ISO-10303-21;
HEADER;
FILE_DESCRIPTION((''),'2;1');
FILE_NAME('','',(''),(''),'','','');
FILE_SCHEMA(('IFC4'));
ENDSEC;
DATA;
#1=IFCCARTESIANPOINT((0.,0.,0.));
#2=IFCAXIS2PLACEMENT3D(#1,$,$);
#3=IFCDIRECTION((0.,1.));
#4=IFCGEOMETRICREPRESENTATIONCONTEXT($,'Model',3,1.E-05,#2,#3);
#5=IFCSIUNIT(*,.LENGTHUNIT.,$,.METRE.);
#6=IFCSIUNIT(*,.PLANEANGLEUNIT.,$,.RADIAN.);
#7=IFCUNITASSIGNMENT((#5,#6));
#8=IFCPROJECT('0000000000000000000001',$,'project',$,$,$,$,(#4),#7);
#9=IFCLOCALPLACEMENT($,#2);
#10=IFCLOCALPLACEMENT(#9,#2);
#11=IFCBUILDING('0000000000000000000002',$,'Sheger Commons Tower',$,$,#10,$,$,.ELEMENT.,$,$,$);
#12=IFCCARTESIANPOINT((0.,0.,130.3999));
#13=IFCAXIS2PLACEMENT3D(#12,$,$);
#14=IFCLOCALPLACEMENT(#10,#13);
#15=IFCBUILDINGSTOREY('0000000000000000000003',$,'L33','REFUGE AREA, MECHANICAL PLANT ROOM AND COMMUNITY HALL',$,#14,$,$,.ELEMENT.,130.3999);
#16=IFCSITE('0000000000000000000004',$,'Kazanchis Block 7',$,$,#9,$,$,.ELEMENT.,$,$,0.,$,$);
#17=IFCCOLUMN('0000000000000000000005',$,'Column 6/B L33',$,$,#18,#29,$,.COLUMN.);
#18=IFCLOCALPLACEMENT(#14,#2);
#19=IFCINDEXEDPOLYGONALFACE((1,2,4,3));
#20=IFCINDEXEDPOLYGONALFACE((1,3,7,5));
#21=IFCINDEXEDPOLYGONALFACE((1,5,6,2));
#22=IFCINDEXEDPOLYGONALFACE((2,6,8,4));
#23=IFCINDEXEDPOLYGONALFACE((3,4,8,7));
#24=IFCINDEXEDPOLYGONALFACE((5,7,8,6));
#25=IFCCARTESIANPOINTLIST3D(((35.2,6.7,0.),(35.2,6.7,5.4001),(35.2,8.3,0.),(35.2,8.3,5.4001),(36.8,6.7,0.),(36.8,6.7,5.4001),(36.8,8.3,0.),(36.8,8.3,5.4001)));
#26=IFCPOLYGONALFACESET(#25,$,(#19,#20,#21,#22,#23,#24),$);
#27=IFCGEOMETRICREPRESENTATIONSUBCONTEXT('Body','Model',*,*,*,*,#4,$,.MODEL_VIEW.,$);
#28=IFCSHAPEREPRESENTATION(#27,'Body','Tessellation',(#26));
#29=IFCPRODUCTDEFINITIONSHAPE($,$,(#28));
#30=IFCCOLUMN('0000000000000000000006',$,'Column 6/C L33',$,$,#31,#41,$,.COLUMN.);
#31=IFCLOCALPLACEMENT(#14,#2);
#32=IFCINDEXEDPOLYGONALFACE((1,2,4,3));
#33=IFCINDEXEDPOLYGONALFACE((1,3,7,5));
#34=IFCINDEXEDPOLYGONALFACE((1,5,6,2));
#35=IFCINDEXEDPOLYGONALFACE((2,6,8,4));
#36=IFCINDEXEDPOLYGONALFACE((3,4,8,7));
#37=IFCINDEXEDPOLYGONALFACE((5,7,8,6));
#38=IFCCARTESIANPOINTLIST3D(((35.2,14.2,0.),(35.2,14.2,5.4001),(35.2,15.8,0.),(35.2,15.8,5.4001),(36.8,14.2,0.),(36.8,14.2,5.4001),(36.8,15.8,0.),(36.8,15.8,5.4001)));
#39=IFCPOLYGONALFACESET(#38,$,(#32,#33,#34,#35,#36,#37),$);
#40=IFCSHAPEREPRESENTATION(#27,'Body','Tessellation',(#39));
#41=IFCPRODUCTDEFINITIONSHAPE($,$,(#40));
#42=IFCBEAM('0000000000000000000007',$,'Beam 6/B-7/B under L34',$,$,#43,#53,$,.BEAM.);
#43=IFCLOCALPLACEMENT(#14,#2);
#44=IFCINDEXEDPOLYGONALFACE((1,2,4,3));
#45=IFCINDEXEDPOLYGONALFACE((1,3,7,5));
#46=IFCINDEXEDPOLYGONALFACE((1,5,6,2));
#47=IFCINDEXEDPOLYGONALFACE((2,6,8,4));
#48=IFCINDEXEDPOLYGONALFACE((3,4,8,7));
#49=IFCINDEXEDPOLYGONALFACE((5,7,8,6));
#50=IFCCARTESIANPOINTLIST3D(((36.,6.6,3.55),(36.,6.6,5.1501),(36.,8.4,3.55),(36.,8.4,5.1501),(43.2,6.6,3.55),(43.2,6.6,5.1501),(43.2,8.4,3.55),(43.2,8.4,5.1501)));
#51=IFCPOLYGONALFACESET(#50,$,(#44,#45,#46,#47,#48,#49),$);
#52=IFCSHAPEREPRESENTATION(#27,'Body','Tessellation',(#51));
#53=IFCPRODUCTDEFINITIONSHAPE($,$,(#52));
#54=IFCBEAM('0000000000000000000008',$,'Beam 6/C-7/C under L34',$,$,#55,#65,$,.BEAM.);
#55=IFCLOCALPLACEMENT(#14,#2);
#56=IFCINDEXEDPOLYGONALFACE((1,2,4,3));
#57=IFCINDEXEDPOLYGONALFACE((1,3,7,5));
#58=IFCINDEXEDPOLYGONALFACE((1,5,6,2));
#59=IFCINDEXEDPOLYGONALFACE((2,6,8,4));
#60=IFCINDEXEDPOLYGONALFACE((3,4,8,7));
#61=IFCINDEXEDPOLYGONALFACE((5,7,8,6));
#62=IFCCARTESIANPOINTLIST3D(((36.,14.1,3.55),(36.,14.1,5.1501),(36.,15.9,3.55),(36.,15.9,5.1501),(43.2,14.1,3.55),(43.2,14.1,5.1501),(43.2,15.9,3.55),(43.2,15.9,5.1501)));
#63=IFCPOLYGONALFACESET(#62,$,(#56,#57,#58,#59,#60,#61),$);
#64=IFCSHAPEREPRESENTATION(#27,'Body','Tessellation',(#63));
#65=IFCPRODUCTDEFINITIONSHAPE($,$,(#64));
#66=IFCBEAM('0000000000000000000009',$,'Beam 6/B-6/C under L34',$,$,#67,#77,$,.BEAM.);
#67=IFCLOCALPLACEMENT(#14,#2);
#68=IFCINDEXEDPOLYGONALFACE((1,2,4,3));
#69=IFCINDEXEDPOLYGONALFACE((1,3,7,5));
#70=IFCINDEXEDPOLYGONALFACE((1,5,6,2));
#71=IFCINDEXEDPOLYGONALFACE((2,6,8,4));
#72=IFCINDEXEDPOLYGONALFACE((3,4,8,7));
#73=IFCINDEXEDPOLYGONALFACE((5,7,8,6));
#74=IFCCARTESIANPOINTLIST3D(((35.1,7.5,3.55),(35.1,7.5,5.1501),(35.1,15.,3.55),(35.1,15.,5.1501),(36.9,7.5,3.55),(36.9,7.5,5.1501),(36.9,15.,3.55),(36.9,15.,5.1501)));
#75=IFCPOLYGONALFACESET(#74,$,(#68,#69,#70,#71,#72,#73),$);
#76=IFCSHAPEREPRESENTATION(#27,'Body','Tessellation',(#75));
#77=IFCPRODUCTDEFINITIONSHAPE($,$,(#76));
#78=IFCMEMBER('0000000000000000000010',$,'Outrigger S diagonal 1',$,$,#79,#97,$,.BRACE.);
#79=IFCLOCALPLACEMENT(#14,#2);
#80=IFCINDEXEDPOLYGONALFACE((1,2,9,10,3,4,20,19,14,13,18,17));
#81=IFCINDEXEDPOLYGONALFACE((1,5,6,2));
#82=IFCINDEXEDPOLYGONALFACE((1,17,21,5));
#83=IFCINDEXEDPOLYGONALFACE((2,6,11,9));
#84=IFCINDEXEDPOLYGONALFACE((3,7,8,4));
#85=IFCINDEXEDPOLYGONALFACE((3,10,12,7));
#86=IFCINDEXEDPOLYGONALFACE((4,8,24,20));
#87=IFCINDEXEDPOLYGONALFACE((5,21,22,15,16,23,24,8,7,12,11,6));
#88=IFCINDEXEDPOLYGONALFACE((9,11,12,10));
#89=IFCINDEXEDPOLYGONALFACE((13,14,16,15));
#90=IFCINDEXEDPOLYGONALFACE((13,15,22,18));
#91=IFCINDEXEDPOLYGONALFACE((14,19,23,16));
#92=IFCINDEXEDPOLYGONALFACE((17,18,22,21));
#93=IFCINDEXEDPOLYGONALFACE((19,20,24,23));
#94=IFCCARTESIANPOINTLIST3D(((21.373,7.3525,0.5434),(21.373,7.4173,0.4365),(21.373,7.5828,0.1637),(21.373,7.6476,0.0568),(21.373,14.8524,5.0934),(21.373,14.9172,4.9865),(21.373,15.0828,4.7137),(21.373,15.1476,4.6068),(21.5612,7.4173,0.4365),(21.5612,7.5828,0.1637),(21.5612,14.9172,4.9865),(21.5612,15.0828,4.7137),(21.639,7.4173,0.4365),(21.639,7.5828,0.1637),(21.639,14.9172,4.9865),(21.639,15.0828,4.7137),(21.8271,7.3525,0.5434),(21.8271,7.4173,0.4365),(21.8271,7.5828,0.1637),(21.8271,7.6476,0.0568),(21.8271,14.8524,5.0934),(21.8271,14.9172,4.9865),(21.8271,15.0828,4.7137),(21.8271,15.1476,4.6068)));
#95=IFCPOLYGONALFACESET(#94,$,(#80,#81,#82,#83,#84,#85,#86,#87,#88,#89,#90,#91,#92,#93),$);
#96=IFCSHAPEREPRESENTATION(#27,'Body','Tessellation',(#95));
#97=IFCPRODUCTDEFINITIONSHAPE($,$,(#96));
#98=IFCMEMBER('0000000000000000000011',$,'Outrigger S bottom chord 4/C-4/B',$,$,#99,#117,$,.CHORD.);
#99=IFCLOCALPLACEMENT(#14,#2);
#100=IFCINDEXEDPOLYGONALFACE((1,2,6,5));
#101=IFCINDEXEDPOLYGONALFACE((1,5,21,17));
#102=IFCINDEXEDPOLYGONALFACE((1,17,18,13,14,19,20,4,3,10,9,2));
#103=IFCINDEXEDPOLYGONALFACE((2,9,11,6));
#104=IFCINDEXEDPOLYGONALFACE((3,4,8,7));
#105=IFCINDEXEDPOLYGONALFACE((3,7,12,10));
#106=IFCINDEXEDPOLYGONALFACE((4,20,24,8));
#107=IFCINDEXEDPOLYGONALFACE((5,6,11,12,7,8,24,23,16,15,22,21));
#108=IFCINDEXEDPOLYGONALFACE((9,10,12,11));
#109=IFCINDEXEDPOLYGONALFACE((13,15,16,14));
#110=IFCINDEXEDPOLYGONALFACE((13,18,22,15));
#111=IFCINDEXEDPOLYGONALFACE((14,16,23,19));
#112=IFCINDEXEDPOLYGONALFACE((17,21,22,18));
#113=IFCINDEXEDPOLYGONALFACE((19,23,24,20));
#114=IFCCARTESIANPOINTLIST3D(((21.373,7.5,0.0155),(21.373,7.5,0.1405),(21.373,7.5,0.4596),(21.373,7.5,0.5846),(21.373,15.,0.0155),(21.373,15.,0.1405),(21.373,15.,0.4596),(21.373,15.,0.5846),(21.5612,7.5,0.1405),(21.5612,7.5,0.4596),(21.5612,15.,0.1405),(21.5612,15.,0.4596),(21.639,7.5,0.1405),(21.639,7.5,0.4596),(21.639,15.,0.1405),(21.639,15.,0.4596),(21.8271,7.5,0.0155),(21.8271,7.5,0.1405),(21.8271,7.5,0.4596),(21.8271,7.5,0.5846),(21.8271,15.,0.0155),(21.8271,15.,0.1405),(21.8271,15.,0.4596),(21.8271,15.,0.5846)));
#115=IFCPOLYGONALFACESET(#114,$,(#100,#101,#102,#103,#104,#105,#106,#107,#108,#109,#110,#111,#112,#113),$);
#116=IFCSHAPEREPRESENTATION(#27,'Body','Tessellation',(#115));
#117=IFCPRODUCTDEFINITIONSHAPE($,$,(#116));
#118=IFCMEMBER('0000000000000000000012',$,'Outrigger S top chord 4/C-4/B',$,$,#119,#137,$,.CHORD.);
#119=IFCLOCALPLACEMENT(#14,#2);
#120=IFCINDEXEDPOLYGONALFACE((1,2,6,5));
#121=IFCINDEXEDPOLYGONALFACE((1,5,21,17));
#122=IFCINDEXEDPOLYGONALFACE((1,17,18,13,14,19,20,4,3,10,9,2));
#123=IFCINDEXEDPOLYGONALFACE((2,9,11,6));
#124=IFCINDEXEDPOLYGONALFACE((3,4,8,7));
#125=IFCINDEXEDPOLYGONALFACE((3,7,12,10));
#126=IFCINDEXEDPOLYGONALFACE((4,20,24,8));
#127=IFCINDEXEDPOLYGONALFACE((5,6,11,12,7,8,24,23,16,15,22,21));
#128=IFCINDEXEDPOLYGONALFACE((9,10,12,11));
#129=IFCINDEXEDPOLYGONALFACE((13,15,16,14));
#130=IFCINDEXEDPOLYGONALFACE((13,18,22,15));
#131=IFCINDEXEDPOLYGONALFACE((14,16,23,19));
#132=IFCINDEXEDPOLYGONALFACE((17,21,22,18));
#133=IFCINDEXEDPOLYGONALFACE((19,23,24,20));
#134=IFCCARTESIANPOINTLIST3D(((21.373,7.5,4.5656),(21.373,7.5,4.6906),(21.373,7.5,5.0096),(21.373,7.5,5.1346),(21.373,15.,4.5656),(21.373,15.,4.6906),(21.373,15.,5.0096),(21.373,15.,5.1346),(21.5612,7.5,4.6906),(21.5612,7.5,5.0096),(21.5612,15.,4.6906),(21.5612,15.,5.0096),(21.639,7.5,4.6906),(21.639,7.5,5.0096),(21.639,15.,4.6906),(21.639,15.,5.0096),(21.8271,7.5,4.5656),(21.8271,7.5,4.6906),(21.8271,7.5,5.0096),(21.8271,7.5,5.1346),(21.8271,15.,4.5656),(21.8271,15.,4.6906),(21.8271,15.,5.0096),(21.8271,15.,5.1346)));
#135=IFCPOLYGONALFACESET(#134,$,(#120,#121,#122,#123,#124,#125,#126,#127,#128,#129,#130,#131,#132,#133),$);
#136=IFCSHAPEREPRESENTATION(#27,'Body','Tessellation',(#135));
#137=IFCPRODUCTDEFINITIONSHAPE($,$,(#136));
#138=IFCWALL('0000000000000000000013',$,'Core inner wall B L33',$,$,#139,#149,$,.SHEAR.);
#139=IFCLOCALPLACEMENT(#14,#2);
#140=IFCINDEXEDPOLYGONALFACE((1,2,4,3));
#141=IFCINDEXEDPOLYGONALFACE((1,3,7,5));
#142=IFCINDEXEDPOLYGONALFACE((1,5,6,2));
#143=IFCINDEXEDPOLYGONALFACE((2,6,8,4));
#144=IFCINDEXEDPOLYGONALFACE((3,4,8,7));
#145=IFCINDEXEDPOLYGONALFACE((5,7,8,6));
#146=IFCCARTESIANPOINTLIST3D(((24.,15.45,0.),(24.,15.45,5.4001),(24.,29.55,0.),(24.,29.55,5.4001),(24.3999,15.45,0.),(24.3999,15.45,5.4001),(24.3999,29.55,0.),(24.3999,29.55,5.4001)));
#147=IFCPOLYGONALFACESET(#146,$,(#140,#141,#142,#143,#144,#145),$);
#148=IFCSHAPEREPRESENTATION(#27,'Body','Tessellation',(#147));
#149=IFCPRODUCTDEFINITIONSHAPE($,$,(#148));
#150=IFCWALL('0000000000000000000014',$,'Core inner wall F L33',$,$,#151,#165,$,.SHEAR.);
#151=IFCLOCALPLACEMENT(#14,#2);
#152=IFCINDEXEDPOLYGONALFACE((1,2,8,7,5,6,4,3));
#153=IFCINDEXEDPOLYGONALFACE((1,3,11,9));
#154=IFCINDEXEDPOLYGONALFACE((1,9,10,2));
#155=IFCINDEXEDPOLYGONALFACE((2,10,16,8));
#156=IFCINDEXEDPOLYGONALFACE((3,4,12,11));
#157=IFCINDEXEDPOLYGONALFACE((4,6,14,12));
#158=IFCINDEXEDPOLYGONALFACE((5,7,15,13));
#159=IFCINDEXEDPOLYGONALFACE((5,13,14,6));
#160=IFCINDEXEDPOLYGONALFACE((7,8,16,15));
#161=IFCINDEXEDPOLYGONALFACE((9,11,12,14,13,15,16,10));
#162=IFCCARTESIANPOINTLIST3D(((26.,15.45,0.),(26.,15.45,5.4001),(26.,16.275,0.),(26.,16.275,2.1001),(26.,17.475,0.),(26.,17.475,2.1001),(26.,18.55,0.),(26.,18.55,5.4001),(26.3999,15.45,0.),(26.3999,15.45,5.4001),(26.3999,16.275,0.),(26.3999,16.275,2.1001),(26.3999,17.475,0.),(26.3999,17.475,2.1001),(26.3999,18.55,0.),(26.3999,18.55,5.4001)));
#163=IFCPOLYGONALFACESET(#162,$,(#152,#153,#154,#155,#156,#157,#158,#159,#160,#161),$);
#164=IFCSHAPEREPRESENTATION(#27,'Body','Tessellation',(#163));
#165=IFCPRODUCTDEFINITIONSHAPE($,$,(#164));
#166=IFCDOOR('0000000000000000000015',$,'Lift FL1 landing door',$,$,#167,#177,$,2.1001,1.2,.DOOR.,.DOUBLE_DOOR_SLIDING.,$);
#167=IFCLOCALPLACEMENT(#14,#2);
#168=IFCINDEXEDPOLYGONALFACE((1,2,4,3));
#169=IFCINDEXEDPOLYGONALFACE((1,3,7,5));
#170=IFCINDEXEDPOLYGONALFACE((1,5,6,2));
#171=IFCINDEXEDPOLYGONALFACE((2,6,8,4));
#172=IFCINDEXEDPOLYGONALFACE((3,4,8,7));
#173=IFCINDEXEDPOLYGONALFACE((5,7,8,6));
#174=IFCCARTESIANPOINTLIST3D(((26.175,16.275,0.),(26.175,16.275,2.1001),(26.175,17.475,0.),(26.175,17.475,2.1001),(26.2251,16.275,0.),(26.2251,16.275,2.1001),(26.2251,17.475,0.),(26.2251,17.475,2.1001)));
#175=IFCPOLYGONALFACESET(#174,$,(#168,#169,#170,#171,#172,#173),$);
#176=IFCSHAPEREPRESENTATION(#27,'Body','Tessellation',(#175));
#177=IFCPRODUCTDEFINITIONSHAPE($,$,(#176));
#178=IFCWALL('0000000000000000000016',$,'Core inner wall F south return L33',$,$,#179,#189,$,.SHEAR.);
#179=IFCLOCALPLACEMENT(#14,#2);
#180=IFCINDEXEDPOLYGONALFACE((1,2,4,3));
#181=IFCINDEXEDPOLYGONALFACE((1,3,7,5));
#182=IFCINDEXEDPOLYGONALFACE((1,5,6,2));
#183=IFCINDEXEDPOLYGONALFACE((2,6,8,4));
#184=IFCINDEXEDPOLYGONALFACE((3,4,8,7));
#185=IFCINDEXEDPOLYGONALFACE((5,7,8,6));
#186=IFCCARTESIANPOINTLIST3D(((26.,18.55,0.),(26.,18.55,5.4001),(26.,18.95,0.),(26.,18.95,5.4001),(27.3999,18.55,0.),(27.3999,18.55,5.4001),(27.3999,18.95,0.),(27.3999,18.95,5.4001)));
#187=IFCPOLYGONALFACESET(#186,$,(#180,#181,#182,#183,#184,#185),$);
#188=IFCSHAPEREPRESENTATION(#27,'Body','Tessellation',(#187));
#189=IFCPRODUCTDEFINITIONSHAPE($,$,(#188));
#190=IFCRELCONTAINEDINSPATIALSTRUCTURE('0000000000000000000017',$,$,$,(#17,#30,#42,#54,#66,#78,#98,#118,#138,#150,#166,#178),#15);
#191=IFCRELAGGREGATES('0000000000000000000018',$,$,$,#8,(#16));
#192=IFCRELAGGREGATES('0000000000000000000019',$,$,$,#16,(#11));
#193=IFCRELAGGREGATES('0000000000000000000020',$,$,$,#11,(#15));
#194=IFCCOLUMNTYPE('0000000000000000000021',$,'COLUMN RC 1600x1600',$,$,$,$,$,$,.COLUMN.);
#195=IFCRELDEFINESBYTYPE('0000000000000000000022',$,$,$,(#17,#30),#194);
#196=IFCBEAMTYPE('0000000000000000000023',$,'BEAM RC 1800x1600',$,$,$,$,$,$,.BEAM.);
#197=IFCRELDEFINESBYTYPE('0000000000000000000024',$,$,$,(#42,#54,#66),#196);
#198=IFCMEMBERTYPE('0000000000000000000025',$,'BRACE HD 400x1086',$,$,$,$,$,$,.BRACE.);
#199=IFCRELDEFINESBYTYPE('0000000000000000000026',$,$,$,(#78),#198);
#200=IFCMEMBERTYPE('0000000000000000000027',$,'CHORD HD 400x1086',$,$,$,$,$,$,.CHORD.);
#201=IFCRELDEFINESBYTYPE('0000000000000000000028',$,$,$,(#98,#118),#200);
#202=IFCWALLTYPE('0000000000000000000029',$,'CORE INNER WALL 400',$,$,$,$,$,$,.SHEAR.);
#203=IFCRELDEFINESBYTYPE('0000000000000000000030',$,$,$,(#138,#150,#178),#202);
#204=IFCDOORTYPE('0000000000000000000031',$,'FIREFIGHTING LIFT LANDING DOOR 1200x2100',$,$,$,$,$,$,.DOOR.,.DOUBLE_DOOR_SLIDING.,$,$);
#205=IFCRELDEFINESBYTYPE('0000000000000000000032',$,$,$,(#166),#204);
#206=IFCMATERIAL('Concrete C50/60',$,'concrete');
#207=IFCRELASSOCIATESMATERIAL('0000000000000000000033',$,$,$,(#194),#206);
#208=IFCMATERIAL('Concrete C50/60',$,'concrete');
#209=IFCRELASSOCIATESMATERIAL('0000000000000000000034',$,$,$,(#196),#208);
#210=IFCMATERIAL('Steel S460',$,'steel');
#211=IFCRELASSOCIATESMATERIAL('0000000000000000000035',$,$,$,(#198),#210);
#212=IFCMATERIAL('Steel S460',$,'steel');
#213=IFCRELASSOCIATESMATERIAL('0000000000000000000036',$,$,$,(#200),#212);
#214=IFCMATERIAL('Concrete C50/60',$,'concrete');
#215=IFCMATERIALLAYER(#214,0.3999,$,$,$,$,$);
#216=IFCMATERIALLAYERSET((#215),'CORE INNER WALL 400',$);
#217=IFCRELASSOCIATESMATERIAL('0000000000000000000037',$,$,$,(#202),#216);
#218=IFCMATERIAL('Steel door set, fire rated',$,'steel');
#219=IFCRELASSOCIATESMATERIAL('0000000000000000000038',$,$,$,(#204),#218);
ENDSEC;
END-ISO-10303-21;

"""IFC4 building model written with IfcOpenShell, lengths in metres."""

from ifc_helpers import new_model, si_unit, direction, frame, frame_2d, origin, origin_2d, place, context, subcontext, project, spatial, rectangle, i_section, extrude, material, layer, layer_set, material_profile, profile_set, type_object, element, fill, save


model = new_model("IFC4")

# Units and contexts
model_context = context("Model", 3, precision=1e-05, world=origin(), true_north=direction((0.0, 1.0)))
body_context = subcontext(model_context, "Body", "Model", "MODEL_VIEW")
ifc_project = project(units=[si_unit("LENGTHUNIT", "METRE"), si_unit("PLANEANGLEUNIT", "RADIAN")], contexts=[model_context])

# Site, building, storey
site_placement = place(None, origin())
site = spatial("IfcSite", under=ifc_project, at=site_placement, Name="Kazanchis Block 7", CompositionType="ELEMENT", RefElevation=0.0)
building_placement = place(site_placement, origin())
building = spatial("IfcBuilding", under=site, at=building_placement, Name="Sheger Commons Tower", CompositionType="ELEMENT")
storey_placement = place(building_placement, frame((0.0, 0.0, 130.3999)))
storey = spatial("IfcBuildingStorey", under=building, at=storey_placement, Name="L33", Description="REFUGE AREA, MECHANICAL PLANT ROOM AND COMMUNITY HALL", CompositionType="ELEMENT", Elevation=130.3999)

# Columns
ifc_material_1 = material(Name="Concrete C50/60", Category="concrete")
ifc_material_profile_1 = material_profile(ifc_material_1, rectangle(XDim=1.6001, YDim=1.6001, at=origin_2d()), Name="RC 1600x1600")
ifc_profile_set_1 = profile_set([ifc_material_profile_1], Name="Concrete C50/60")
column_type = type_object("IfcColumnType", Name="COLUMN RC 1600x1600", PredefinedType="COLUMN", material=ifc_profile_set_1)
for number, where, z_axis, x_axis, name in (
    (1, (36.0, 7.5, 0.0), (0.0, 0.0, 1.0), (1.0, 0.0, 0.0), "Column 6/B L33"),
    (2, (36.0, 15.0, 0.0), (0.0, 0.0, 1.0), (1.0, 0.0, 0.0), "Column 6/C L33"),
):
    element("IfcColumn", number, at=place(storey_placement, frame(where, z_axis=z_axis, x_axis=x_axis)), inside=storey, type_object=column_type, Name=name, PredefinedType="COLUMN", context=body_context, shape_type="SweptSolid", body=[
        extrude(rectangle(XDim=1.6001, YDim=1.6001, at=origin_2d()), origin(), (0.0, 0.0, 1.0), 5.4001),
    ])

# Beams
ifc_material_2 = material(Name="Concrete C50/60", Category="concrete")
ifc_material_profile_2 = material_profile(ifc_material_2, rectangle(XDim=1.8, YDim=1.6001, at=origin_2d()), Name="RC 1800x1600")
ifc_profile_set_2 = profile_set([ifc_material_profile_2], Name="Concrete C50/60")
beam_type = type_object("IfcBeamType", Name="BEAM RC 1800x1600", PredefinedType="BEAM", material=ifc_profile_set_2)
for number, where, z_axis, x_axis, name in (
    (3, (36.0, 7.5, 4.3501), (1.0, 0.0, 0.0), (0.0, 1.0, 0.0), "Beam 6/B-7/B under L34"),
    (4, (36.0, 15.0, 4.3501), (1.0, 0.0, 0.0), (0.0, 1.0, 0.0), "Beam 6/C-7/C under L34"),
):
    element("IfcBeam", number, at=place(storey_placement, frame(where, z_axis=z_axis, x_axis=x_axis)), inside=storey, type_object=beam_type, Name=name, PredefinedType="BEAM", context=body_context, shape_type="SweptSolid", body=[
        extrude(rectangle(XDim=1.8, YDim=1.6001, at=origin_2d()), origin(), (0.0, 0.0, 1.0), 7.2),
    ])
beam_placement = place(storey_placement, frame((36.0, 7.5, 4.3501), z_axis=(0.0, 1.0, 0.0), x_axis=(-1.0, 0.0, 0.0)))
element("IfcBeam", 5, at=beam_placement, inside=storey, type_object=beam_type, Name="Beam 6/B-6/C under L34", PredefinedType="BEAM", context=body_context, shape_type="SweptSolid", body=[
    extrude(rectangle(XDim=1.8, YDim=1.6001, at=origin_2d()), origin(), (0.0, 0.0, 1.0), 7.5),
])

# Members
ifc_material_3 = material(Name="Steel S460", Category="steel")
ifc_material_profile_3 = material_profile(ifc_material_3, i_section(OverallWidth=0.4541, OverallDepth=0.5691, WebThickness=0.0779, FlangeThickness=0.125, at=origin_2d()), Name="HD 400x1086")
ifc_profile_set_3 = profile_set([ifc_material_profile_3], Name="Steel S460")
member_type_1 = type_object("IfcMemberType", Name="BRACE HD 400x1086", PredefinedType="BRACE", material=ifc_profile_set_3)
member_placement = place(storey_placement, frame((21.6001, 15.0, 4.8501), z_axis=(0.0, -0.854966, -0.518685), x_axis=(1.0, 0.0, 0.0)))
element("IfcMember", 6, at=member_placement, inside=storey, type_object=member_type_1, Name="Outrigger S diagonal 1", PredefinedType="BRACE", context=body_context, shape_type="SweptSolid", body=[
    extrude(i_section(OverallWidth=0.4541, OverallDepth=0.5691, WebThickness=0.0779, FlangeThickness=0.125, at=origin_2d()), origin(), (0.0, 0.0, 1.0), 8.7722),
])
ifc_material_4 = material(Name="Steel S460", Category="steel")
ifc_material_profile_4 = material_profile(ifc_material_4, i_section(OverallWidth=0.4541, OverallDepth=0.5691, WebThickness=0.0779, FlangeThickness=0.125, at=origin_2d()), Name="HD 400x1086")
ifc_profile_set_4 = profile_set([ifc_material_profile_4], Name="Steel S460")
member_type_2 = type_object("IfcMemberType", Name="CHORD HD 400x1086", PredefinedType="CHORD", material=ifc_profile_set_4)
for number, where, z_axis, x_axis, name in (
    (7, (21.6001, 15.0, 0.3), (0.0, -1.0, 0.0), (1.0, 0.0, 0.0), "Outrigger S bottom chord 4/C-4/B"),
    (8, (21.6001, 15.0, 4.8501), (0.0, -1.0, 0.0), (1.0, 0.0, 0.0), "Outrigger S top chord 4/C-4/B"),
):
    element("IfcMember", number, at=place(storey_placement, frame(where, z_axis=z_axis, x_axis=x_axis)), inside=storey, type_object=member_type_2, Name=name, PredefinedType="CHORD", context=body_context, shape_type="SweptSolid", body=[
        extrude(i_section(OverallWidth=0.4541, OverallDepth=0.5691, WebThickness=0.0779, FlangeThickness=0.125, at=origin_2d()), origin(), (0.0, 0.0, 1.0), 7.5),
    ])

# Wall
ifc_material_5 = material(Name="Concrete C50/60", Category="concrete")
ifc_layer_1 = layer(ifc_material_5, 0.3999)
ifc_layer_set_1 = layer_set([ifc_layer_1], Name="CORE INNER WALL 400")
wall_type_1 = type_object("IfcWallType", Name="CORE INNER WALL 400", PredefinedType="SHEAR", material=ifc_layer_set_1)
wall_1_placement = place(storey_placement, frame((24.2, 15.45, 0.0), z_axis=(0.0, 0.0, 1.0), x_axis=(0.0, 1.0, 0.0)))
element("IfcWall", 9, at=wall_1_placement, inside=storey, type_object=wall_type_1, Name="Core inner wall B L33", PredefinedType="SHEAR", context=body_context, shape_type="SweptSolid", body=[
    extrude(rectangle(XDim=14.1001, YDim=0.3999, at=frame_2d((7.05, 0.0))), origin(), (0.0, 0.0, 1.0), 5.4001),
])

# Wall, opening, door
wall_2_placement = place(storey_placement, frame((26.2, 15.45, 0.0), z_axis=(0.0, 0.0, 1.0), x_axis=(0.0, 1.0, 0.0)))
wall_2 = element("IfcWall", 10, at=wall_2_placement, inside=storey, type_object=wall_type_1, Name="Core inner wall F L33", PredefinedType="SHEAR", context=body_context, shape_type="SweptSolid", body=[
    extrude(rectangle(XDim=3.1001, YDim=0.3999, at=frame_2d((1.55, 0.0))), origin(), (0.0, 0.0, 1.0), 5.4001),
])
opening_1_placement = place(wall_2_placement, frame((0.825, 0.0, 0.0)))
opening_1 = element("IfcOpeningElement", 11, at=opening_1_placement, cuts=wall_2, PredefinedType="OPENING", context=body_context, shape_type="SweptSolid", body=[
    extrude(rectangle(XDim=1.2, YDim=2.1001, at=frame_2d((0.6001, 1.05))), frame((0.0, 0.21, 0.0), z_axis=(0.0, -1.0, 0.0), x_axis=(1.0, 0.0, 0.0)), (0.0, 0.0, 1.0), 0.4199),
])
ifc_material_6 = material(Name="Steel door set, fire rated", Category="steel")
door_type_1 = type_object("IfcDoorType", Name="FIREFIGHTING LIFT LANDING DOOR 1200x2100", OperationType="DOUBLE_DOOR_SLIDING", PredefinedType="DOOR", material=ifc_material_6)
door_1_placement = place(opening_1_placement, origin())
door_1 = element("IfcDoor", 12, at=door_1_placement, inside=storey, type_object=door_type_1, Name="Lift FL1 landing door", OperationType="DOUBLE_DOOR_SLIDING", OverallHeight=2.1001, OverallWidth=1.2, PredefinedType="DOOR", context=body_context, shape_type="SweptSolid", body=[
    extrude(rectangle(XDim=1.2, YDim=2.1001, at=frame_2d((0.6001, 1.05))), frame((0.0, 0.0249, 0.0), z_axis=(0.0, -1.0, 0.0), x_axis=(1.0, 0.0, 0.0)), (0.0, 0.0, 1.0), 0.05),
])
fill(opening_1, door_1)

# Wall
wall_3_placement = place(storey_placement, frame((26.0, 18.75, 0.0), z_axis=(0.0, 0.0, 1.0), x_axis=(1.0, 0.0, 0.0)))
element("IfcWall", 13, at=wall_3_placement, inside=storey, type_object=wall_type_1, Name="Core inner wall F south return L33", PredefinedType="SHEAR", context=body_context, shape_type="SweptSolid", body=[
    extrude(rectangle(XDim=1.3999, YDim=0.3999, at=frame_2d((0.7, 0.0))), origin(), (0.0, 0.0, 1.0), 5.4001),
])

save(model, "model.ifc")
